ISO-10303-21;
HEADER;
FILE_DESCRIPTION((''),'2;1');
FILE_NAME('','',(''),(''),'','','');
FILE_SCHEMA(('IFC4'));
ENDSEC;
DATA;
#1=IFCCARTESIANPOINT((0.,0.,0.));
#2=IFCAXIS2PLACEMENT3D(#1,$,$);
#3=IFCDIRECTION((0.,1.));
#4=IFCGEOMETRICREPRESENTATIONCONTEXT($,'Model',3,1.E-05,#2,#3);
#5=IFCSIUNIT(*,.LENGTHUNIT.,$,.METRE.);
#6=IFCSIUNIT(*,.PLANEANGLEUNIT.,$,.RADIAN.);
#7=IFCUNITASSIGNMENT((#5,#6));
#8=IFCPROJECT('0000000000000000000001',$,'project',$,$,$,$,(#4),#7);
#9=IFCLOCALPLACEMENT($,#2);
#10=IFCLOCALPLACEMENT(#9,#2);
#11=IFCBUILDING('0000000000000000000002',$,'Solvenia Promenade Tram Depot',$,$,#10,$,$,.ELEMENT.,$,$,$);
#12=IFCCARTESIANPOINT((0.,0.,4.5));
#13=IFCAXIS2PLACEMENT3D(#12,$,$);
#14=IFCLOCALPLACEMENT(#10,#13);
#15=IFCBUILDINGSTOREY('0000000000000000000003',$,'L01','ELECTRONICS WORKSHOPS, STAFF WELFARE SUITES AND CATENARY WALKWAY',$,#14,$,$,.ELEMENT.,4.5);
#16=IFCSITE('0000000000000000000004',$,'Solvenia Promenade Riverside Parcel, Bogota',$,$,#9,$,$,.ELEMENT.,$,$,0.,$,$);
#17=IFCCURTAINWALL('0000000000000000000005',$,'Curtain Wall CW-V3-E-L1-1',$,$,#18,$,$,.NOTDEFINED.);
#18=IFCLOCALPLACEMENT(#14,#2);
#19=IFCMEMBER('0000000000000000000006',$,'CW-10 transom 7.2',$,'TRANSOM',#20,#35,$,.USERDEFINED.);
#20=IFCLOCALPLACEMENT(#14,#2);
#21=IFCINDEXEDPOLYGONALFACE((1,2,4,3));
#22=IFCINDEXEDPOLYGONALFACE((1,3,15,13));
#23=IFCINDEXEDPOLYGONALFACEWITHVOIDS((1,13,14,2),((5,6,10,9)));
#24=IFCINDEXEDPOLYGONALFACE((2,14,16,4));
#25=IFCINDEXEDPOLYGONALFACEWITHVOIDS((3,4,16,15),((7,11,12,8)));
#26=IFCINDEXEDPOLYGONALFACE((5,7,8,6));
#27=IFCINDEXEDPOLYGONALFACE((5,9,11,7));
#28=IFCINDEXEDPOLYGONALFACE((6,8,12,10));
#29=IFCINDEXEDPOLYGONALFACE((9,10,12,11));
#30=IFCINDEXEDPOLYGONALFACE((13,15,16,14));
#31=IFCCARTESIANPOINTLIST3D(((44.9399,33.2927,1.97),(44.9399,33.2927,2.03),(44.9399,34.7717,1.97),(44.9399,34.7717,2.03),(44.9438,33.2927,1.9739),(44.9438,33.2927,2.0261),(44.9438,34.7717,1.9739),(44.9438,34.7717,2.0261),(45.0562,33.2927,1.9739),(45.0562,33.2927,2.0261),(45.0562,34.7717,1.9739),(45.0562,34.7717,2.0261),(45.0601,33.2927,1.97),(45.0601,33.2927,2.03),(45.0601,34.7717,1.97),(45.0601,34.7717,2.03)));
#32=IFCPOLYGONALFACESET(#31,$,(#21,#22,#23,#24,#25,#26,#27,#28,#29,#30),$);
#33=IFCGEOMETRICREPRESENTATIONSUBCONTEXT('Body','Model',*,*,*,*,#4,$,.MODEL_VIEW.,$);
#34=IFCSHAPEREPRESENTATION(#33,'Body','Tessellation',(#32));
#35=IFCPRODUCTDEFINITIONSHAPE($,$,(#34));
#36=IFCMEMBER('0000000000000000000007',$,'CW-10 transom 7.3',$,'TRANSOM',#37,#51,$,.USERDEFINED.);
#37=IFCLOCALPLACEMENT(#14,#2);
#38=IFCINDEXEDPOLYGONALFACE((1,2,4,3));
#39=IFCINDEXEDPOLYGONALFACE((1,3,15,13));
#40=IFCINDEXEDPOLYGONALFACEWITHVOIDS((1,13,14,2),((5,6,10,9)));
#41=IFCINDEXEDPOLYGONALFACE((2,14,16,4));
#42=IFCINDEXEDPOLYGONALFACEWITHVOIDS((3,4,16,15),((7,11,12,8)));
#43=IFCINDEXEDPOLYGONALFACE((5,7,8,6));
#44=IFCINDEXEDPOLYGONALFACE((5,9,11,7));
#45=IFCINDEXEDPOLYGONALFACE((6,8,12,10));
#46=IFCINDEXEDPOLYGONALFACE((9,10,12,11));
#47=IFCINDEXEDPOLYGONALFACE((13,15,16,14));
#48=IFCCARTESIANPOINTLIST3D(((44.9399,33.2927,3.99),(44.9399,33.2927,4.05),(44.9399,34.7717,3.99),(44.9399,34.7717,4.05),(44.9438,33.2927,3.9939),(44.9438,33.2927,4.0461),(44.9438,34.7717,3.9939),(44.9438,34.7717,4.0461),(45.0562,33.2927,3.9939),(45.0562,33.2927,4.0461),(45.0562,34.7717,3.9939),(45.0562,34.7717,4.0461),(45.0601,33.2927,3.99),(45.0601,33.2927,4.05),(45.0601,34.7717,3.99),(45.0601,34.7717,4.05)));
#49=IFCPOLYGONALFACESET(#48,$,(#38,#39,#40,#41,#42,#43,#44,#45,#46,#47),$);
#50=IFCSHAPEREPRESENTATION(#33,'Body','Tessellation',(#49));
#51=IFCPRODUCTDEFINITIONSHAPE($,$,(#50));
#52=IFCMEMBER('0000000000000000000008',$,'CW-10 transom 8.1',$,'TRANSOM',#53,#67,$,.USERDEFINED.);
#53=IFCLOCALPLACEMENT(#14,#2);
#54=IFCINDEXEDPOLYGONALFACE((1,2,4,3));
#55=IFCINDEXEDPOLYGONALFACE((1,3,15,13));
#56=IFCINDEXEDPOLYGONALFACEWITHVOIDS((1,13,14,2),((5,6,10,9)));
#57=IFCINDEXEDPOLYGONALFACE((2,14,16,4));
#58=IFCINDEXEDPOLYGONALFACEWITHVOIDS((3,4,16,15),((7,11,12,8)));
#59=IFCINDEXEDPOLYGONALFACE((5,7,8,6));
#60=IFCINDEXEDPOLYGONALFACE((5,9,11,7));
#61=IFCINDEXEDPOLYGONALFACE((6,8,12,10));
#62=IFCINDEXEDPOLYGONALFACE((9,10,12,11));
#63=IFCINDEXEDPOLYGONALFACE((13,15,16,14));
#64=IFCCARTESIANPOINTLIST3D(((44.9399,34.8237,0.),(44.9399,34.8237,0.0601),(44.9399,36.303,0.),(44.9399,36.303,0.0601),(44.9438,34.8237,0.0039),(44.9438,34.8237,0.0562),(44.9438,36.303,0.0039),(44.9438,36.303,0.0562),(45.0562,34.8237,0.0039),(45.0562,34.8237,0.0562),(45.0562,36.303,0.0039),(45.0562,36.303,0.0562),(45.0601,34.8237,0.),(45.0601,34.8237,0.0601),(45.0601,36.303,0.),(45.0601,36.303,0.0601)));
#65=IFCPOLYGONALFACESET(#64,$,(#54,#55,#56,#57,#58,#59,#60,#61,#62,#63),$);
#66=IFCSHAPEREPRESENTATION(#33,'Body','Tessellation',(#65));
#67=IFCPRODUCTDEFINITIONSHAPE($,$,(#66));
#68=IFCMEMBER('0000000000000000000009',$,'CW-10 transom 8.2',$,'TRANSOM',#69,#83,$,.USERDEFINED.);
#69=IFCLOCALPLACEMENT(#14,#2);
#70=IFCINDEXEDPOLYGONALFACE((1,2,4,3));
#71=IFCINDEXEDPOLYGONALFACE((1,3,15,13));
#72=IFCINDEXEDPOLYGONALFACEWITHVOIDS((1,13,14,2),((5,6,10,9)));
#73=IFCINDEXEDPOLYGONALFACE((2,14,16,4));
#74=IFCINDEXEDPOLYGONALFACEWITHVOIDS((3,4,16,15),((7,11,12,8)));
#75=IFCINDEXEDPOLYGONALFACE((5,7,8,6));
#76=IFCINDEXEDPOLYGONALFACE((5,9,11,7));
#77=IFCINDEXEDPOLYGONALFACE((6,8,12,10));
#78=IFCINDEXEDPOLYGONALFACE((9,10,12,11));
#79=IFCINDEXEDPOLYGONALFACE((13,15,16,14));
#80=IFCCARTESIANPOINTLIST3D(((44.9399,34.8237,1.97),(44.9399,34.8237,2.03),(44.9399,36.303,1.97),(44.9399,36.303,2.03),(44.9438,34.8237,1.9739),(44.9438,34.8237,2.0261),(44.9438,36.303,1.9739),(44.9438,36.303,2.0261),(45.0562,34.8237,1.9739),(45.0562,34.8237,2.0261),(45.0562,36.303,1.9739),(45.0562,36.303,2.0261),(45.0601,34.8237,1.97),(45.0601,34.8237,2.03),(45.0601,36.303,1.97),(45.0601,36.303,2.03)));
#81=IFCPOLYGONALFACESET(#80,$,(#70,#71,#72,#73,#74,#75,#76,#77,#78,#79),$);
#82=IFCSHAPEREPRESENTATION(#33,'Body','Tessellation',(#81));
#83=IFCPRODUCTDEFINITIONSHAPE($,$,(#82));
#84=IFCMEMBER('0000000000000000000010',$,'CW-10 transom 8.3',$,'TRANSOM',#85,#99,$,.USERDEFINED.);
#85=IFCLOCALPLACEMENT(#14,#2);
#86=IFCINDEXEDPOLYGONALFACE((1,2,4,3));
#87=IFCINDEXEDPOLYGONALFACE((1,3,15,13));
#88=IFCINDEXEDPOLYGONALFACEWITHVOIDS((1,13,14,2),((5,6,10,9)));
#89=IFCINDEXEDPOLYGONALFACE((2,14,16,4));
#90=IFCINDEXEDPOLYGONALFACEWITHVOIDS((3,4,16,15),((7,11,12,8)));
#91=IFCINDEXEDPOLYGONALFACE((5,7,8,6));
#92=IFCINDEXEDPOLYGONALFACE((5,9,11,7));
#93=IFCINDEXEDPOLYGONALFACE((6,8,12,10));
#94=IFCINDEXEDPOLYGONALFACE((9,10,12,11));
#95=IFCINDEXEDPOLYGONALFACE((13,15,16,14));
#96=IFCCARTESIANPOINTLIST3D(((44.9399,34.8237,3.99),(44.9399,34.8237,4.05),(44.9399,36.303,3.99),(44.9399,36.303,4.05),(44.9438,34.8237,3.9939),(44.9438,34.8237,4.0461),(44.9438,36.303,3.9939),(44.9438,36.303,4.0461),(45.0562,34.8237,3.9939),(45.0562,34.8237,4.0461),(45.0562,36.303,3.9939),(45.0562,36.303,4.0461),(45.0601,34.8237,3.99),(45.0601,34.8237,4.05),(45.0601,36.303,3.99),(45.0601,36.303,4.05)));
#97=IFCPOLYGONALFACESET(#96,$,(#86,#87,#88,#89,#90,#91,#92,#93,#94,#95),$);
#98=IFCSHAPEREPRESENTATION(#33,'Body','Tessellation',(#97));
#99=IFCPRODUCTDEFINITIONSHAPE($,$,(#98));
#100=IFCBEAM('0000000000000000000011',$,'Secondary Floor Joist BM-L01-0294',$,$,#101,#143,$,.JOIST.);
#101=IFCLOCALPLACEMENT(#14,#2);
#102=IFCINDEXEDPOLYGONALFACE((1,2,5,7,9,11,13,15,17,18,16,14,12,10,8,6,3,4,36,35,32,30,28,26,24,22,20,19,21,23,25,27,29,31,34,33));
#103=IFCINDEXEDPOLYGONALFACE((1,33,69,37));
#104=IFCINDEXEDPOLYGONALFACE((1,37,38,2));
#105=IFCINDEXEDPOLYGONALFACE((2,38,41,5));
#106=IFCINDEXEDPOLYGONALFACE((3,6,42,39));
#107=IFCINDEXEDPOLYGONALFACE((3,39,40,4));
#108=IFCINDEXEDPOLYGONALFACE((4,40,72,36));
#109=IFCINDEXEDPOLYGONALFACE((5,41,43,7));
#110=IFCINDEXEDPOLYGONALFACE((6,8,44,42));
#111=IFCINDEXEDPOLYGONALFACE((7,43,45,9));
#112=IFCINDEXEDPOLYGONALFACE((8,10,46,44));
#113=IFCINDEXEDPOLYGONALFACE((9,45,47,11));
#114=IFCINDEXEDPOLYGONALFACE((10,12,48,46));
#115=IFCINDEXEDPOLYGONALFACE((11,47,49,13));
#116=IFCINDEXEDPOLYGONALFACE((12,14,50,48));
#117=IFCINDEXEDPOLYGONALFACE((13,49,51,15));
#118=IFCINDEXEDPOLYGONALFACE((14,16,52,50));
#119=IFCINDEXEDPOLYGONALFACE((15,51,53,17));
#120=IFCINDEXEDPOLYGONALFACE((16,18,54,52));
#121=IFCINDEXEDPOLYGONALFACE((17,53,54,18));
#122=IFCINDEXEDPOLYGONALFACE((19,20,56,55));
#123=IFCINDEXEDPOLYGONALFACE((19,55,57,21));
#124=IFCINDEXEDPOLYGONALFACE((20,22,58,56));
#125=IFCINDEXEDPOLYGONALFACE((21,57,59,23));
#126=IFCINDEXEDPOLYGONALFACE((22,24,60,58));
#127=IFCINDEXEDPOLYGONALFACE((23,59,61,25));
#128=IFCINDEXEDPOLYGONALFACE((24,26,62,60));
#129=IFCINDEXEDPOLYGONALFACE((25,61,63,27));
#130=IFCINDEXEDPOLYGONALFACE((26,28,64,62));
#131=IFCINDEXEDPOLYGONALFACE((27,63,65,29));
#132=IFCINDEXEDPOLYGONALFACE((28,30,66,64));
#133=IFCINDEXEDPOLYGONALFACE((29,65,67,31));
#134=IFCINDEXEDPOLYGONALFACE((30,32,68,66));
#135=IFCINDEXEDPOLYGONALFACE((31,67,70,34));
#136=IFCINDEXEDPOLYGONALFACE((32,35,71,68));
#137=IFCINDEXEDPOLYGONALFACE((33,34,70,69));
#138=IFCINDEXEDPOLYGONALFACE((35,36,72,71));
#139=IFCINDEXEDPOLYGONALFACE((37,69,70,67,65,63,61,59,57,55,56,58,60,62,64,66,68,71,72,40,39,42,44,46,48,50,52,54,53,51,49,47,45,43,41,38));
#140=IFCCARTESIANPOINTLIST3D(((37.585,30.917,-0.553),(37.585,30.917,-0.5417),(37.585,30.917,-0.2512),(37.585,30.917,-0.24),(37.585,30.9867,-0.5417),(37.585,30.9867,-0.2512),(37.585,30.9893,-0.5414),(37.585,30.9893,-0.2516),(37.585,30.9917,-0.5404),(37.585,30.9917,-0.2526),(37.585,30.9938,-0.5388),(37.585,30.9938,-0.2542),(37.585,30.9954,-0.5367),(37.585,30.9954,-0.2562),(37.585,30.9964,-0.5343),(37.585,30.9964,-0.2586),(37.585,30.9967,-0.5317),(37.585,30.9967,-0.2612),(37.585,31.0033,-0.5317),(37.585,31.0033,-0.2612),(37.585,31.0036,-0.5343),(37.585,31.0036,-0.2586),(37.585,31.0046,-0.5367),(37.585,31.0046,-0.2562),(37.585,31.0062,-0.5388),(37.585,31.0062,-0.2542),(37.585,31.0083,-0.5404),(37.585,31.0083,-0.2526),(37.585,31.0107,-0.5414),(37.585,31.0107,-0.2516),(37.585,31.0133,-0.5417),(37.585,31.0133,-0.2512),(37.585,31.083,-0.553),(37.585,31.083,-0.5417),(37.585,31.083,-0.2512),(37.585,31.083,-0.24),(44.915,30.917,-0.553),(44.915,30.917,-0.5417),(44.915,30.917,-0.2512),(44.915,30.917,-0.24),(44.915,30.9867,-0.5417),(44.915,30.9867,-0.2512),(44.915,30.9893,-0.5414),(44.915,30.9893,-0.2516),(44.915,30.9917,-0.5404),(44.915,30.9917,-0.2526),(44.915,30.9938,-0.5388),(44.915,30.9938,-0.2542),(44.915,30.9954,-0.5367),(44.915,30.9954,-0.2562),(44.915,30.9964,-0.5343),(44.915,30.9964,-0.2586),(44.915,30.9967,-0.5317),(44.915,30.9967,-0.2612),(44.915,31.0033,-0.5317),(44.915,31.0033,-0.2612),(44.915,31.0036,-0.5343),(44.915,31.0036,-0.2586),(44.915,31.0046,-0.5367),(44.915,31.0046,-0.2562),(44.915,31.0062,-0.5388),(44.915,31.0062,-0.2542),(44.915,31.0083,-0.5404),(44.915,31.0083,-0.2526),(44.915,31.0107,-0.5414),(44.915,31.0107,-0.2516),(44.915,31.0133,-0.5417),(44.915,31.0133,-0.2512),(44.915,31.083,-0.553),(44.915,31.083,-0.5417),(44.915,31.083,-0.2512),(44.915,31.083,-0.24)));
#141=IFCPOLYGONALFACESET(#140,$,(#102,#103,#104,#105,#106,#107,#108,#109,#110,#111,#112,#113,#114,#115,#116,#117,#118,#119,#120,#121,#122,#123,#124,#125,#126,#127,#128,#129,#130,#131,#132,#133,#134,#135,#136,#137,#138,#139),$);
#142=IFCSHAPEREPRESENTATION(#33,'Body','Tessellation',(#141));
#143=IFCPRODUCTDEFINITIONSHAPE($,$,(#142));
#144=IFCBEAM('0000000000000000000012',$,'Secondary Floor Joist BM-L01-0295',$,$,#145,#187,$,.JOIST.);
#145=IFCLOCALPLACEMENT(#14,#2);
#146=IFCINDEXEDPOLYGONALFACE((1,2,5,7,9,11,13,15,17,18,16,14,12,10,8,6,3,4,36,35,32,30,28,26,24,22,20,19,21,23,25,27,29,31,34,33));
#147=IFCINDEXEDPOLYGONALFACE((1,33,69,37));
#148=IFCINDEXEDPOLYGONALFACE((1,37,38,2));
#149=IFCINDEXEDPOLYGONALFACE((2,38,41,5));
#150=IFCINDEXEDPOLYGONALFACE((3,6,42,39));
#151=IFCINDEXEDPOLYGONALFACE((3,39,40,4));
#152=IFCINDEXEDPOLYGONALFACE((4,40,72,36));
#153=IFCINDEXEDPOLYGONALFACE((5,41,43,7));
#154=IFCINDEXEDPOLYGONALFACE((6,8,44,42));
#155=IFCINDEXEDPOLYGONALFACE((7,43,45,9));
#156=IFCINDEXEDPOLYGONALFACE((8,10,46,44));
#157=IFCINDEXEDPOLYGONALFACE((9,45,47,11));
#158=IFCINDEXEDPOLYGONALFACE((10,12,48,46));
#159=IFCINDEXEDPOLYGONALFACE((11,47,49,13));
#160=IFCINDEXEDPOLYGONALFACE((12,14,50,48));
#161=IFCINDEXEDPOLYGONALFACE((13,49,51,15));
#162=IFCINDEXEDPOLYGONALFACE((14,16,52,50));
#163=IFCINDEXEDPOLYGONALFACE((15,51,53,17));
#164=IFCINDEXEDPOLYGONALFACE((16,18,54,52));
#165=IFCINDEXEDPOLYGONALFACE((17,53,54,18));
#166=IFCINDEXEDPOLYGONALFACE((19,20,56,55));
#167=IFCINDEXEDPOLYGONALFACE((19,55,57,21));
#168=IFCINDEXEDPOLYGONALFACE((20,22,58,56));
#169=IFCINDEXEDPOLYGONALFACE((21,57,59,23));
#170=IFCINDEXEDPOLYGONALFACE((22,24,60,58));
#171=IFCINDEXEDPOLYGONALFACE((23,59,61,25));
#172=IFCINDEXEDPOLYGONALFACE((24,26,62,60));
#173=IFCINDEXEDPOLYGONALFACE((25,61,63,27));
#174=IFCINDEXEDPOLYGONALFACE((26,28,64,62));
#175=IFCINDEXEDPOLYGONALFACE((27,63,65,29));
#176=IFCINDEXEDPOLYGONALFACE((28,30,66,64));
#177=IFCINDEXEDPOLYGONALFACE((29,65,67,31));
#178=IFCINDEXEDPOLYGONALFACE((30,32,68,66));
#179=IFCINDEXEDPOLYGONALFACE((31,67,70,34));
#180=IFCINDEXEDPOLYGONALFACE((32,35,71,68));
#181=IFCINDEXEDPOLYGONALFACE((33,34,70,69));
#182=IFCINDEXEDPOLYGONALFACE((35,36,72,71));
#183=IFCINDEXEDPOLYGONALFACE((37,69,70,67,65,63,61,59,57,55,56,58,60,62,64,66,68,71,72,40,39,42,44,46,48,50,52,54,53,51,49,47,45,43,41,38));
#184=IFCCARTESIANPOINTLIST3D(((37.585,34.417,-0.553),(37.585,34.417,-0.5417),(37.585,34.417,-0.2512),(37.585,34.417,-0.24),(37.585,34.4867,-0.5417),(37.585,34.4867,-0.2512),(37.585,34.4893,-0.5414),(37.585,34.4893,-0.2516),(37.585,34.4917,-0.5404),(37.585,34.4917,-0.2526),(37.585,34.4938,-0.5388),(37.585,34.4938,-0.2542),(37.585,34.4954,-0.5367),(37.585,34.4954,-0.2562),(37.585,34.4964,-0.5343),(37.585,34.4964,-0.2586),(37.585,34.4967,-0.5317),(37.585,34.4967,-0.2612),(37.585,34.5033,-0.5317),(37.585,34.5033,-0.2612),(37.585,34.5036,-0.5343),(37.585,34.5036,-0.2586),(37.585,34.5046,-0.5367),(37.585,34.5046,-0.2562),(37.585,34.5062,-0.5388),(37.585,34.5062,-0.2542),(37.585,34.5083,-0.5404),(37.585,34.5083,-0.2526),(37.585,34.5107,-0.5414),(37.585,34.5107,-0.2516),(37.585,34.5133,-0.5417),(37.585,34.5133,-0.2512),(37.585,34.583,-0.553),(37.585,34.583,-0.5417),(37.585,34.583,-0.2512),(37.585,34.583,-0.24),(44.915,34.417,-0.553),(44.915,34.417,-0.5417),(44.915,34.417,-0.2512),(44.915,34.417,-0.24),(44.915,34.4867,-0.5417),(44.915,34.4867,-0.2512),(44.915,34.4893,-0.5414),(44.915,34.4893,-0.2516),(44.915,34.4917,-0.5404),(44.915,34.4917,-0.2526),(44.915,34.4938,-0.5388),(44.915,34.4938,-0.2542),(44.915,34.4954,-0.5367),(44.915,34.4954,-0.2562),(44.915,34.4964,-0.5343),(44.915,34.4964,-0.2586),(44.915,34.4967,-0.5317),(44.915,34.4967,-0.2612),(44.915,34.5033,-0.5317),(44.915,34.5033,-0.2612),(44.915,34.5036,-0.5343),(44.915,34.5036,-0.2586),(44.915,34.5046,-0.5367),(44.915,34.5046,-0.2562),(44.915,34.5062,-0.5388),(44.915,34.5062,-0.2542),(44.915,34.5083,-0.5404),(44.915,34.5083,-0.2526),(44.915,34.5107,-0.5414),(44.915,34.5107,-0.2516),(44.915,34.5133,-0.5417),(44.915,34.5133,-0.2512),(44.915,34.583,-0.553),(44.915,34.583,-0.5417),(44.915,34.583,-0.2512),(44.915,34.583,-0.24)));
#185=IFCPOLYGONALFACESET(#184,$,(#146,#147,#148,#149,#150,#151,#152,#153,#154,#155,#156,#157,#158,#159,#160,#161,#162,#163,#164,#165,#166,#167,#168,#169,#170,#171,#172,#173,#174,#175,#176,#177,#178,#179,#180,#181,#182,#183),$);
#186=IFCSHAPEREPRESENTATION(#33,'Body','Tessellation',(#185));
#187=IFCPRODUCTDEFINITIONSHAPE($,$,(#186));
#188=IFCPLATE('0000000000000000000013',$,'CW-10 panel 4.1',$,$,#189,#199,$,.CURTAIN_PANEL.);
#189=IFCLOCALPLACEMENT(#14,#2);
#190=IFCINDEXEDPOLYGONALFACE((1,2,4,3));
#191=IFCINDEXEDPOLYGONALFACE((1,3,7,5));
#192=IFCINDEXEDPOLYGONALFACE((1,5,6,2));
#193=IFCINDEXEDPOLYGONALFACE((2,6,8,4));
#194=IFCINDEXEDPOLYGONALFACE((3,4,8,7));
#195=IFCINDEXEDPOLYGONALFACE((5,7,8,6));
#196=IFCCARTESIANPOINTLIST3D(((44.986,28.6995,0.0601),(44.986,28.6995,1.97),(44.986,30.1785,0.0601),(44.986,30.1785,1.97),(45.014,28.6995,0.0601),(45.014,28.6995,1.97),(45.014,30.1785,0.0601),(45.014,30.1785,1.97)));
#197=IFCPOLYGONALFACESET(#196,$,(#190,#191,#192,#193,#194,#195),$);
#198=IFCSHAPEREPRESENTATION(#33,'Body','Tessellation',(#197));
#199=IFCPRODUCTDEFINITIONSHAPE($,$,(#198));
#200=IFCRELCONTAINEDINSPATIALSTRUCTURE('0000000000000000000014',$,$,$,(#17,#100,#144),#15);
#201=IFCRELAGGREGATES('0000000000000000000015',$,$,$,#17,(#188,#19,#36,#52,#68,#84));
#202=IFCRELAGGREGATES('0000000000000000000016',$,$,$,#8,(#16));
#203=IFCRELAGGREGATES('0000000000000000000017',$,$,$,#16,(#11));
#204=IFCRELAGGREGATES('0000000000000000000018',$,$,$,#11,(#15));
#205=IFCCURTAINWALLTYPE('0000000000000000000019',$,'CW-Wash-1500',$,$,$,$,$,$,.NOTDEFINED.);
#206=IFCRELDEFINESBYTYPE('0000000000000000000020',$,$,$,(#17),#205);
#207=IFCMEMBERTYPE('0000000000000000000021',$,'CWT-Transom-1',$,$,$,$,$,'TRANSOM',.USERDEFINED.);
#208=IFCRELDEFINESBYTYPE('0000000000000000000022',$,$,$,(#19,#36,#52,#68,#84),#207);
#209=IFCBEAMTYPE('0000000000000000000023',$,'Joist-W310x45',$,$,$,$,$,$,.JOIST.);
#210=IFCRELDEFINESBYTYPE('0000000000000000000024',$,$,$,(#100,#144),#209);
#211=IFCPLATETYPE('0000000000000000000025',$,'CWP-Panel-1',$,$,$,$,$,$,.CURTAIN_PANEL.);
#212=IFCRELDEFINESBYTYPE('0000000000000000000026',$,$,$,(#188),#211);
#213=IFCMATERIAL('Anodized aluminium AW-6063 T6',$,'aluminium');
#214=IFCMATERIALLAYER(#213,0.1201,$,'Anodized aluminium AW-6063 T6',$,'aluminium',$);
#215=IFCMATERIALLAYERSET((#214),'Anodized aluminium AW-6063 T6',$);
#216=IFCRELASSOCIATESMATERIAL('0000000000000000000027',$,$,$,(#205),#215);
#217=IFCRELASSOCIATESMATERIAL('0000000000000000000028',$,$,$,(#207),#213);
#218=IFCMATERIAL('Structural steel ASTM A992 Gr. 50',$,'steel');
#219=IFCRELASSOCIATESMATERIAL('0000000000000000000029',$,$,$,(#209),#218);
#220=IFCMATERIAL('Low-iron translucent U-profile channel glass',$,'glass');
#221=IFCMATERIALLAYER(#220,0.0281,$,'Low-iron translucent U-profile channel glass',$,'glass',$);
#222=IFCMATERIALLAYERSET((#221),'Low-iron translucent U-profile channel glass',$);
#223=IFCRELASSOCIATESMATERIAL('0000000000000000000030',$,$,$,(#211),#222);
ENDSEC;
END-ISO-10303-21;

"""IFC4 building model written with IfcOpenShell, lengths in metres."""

from ifc_helpers import new_model, si_unit, direction, frame, origin, origin_2d, place, context, subcontext, project, spatial, rectangle, hollow_rectangle, i_section, extrude, material, layer, layer_set, material_profile, profile_set, type_object, element, aggregate, save


model = new_model("IFC4")

# Units and contexts
model_context = context("Model", 3, precision=1e-05, world=origin(), true_north=direction((0.0, 1.0)))
body_context = subcontext(model_context, "Body", "Model", "MODEL_VIEW")
ifc_project = project(units=[si_unit("LENGTHUNIT", "METRE"), si_unit("PLANEANGLEUNIT", "RADIAN")], contexts=[model_context])

# Site, building, storey
site_placement = place(None, origin())
site = spatial("IfcSite", under=ifc_project, at=site_placement, Name="Solvenia Promenade Riverside Parcel, Bogota", CompositionType="ELEMENT", RefElevation=0.0)
building_placement = place(site_placement, origin())
building = spatial("IfcBuilding", under=site, at=building_placement, Name="Solvenia Promenade Tram Depot", CompositionType="ELEMENT")
storey_placement = place(building_placement, frame((0.0, 0.0, 4.5)))
storey = spatial("IfcBuildingStorey", under=building, at=storey_placement, Name="L01", Description="ELECTRONICS WORKSHOPS, STAFF WELFARE SUITES AND CATENARY WALKWAY", CompositionType="ELEMENT", Elevation=4.5)

# Curtain wall, members
ifc_material_1 = material(Name="Anodized aluminium AW-6063 T6", Category="aluminium")
ifc_layer_1 = layer(ifc_material_1, 0.1201, Name="Anodized aluminium AW-6063 T6", Category="aluminium")
ifc_layer_set_1 = layer_set([ifc_layer_1], Name="Anodized aluminium AW-6063 T6")
curtain_wall_type = type_object("IfcCurtainWallType", Name="CW-Wash-1500", PredefinedType="NOTDEFINED", material=ifc_layer_set_1)
curtain_wall_placement = place(storey_placement, origin())
curtain_wall = element("IfcCurtainWall", 1, at=curtain_wall_placement, inside=storey, type_object=curtain_wall_type, Name="Curtain Wall CW-V3-E-L1-1", PredefinedType="NOTDEFINED")
ifc_material_profile_1 = material_profile(ifc_material_1, hollow_rectangle(XDim=0.1201, YDim=0.0601, WallThickness=0.0039, at=origin_2d()), Name="ALU-T1", Category="aluminium")
ifc_profile_set_1 = profile_set([ifc_material_profile_1], Name="Anodized aluminium AW-6063 T6")
member_type_1 = type_object("IfcMemberType", Name="CWT-Transom-1", ElementType="TRANSOM", PredefinedType="USERDEFINED", material=ifc_profile_set_1)
member_1_placement = place(storey_placement, frame((45.0, 33.2927, 2.0), z_axis=(0.0, 1.0, 0.0), x_axis=(-1.0, 0.0, 0.0)))
member_1 = element("IfcMember", 2, at=member_1_placement, type_object=member_type_1, Name="CW-10 transom 7.2", ObjectType="TRANSOM", PredefinedType="USERDEFINED", context=body_context, shape_type="SweptSolid", body=[
    extrude(hollow_rectangle(XDim=0.1201, YDim=0.0601, WallThickness=0.0039, at=origin_2d()), origin(), (0.0, 0.0, 1.0), 1.479),
])
member_2_placement = place(storey_placement, frame((45.0, 33.2927, 4.02), z_axis=(0.0, 1.0, 0.0), x_axis=(-1.0, 0.0, 0.0)))
member_2 = element("IfcMember", 3, at=member_2_placement, type_object=member_type_1, Name="CW-10 transom 7.3", ObjectType="TRANSOM", PredefinedType="USERDEFINED", context=body_context, shape_type="SweptSolid", body=[
    extrude(hollow_rectangle(XDim=0.1201, YDim=0.0601, WallThickness=0.0039, at=origin_2d()), origin(), (0.0, 0.0, 1.0), 1.479),
])
member_3_placement = place(storey_placement, frame((45.0, 34.8237, 0.03), z_axis=(0.0, 1.0, 0.0), x_axis=(-1.0, 0.0, 0.0)))
member_3 = element("IfcMember", 4, at=member_3_placement, type_object=member_type_1, Name="CW-10 transom 8.1", ObjectType="TRANSOM", PredefinedType="USERDEFINED", context=body_context, shape_type="SweptSolid", body=[
    extrude(hollow_rectangle(XDim=0.1201, YDim=0.0601, WallThickness=0.0039, at=origin_2d()), origin(), (0.0, 0.0, 1.0), 1.4792),
])
member_4_placement = place(storey_placement, frame((45.0, 34.8237, 2.0), z_axis=(0.0, 1.0, 0.0), x_axis=(-1.0, 0.0, 0.0)))
member_4 = element("IfcMember", 5, at=member_4_placement, type_object=member_type_1, Name="CW-10 transom 8.2", ObjectType="TRANSOM", PredefinedType="USERDEFINED", context=body_context, shape_type="SweptSolid", body=[
    extrude(hollow_rectangle(XDim=0.1201, YDim=0.0601, WallThickness=0.0039, at=origin_2d()), origin(), (0.0, 0.0, 1.0), 1.4792),
])
member_5_placement = place(storey_placement, frame((45.0, 34.8237, 4.02), z_axis=(0.0, 1.0, 0.0), x_axis=(-1.0, 0.0, 0.0)))
member_5 = element("IfcMember", 6, at=member_5_placement, type_object=member_type_1, Name="CW-10 transom 8.3", ObjectType="TRANSOM", PredefinedType="USERDEFINED", context=body_context, shape_type="SweptSolid", body=[
    extrude(hollow_rectangle(XDim=0.1201, YDim=0.0601, WallThickness=0.0039, at=origin_2d()), origin(), (0.0, 0.0, 1.0), 1.4792),
])

# Beams
ifc_material_2 = material(Name="Structural steel ASTM A992 Gr. 50", Category="steel")
ifc_material_profile_2 = material_profile(ifc_material_2, i_section(OverallWidth=0.166, OverallDepth=0.313, WebThickness=0.0066, FlangeThickness=0.0112, FilletRadius=0.01, at=origin_2d()), Name="W310x45", Category="steel")
ifc_profile_set_2 = profile_set([ifc_material_profile_2], Name="Structural steel ASTM A992 Gr. 50")
beam_type = type_object("IfcBeamType", Name="Joist-W310x45", PredefinedType="JOIST", material=ifc_profile_set_2)
for number, where, z_axis, x_axis, name in (
    (7, (37.585, 31.0, -0.3965), (1.0, 0.0, 0.0), (0.0, 1.0, 0.0), "Secondary Floor Joist BM-L01-0294"),
    (8, (37.585, 34.5, -0.3965), (1.0, 0.0, 0.0), (0.0, 1.0, 0.0), "Secondary Floor Joist BM-L01-0295"),
):
    element("IfcBeam", number, at=place(storey_placement, frame(where, z_axis=z_axis, x_axis=x_axis)), inside=storey, type_object=beam_type, Name=name, PredefinedType="JOIST", context=body_context, shape_type="SweptSolid", body=[
        extrude(i_section(OverallWidth=0.166, OverallDepth=0.313, WebThickness=0.0066, FlangeThickness=0.0112, FilletRadius=0.01, at=origin_2d()), origin(), (0.0, 0.0, 1.0), 7.3301),
    ])

# Plate
ifc_material_3 = material(Name="Low-iron translucent U-profile channel glass", Category="glass")
ifc_layer_2 = layer(ifc_material_3, 0.0281, Name="Low-iron translucent U-profile channel glass", Category="glass")
ifc_layer_set_2 = layer_set([ifc_layer_2], Name="Low-iron translucent U-profile channel glass")
plate_type = type_object("IfcPlateType", Name="CWP-Panel-1", PredefinedType="CURTAIN_PANEL", material=ifc_layer_set_2)
plate_1_placement = place(storey_placement, frame((45.0, 29.439, 0.0601), z_axis=(0.0, 0.0, 1.0), x_axis=(0.0, 1.0, 0.0)))
plate_1 = element("IfcPlate", 9, at=plate_1_placement, type_object=plate_type, Name="CW-10 panel 4.1", PredefinedType="CURTAIN_PANEL", context=body_context, shape_type="SweptSolid", body=[
    extrude(rectangle(XDim=1.479, YDim=0.0281, at=origin_2d()), origin(), (0.0, 0.0, 1.0), 1.9099),
])
aggregate(curtain_wall, [plate_1, member_1, member_2, member_3, member_4, member_5])

save(model, "model.ifc")
